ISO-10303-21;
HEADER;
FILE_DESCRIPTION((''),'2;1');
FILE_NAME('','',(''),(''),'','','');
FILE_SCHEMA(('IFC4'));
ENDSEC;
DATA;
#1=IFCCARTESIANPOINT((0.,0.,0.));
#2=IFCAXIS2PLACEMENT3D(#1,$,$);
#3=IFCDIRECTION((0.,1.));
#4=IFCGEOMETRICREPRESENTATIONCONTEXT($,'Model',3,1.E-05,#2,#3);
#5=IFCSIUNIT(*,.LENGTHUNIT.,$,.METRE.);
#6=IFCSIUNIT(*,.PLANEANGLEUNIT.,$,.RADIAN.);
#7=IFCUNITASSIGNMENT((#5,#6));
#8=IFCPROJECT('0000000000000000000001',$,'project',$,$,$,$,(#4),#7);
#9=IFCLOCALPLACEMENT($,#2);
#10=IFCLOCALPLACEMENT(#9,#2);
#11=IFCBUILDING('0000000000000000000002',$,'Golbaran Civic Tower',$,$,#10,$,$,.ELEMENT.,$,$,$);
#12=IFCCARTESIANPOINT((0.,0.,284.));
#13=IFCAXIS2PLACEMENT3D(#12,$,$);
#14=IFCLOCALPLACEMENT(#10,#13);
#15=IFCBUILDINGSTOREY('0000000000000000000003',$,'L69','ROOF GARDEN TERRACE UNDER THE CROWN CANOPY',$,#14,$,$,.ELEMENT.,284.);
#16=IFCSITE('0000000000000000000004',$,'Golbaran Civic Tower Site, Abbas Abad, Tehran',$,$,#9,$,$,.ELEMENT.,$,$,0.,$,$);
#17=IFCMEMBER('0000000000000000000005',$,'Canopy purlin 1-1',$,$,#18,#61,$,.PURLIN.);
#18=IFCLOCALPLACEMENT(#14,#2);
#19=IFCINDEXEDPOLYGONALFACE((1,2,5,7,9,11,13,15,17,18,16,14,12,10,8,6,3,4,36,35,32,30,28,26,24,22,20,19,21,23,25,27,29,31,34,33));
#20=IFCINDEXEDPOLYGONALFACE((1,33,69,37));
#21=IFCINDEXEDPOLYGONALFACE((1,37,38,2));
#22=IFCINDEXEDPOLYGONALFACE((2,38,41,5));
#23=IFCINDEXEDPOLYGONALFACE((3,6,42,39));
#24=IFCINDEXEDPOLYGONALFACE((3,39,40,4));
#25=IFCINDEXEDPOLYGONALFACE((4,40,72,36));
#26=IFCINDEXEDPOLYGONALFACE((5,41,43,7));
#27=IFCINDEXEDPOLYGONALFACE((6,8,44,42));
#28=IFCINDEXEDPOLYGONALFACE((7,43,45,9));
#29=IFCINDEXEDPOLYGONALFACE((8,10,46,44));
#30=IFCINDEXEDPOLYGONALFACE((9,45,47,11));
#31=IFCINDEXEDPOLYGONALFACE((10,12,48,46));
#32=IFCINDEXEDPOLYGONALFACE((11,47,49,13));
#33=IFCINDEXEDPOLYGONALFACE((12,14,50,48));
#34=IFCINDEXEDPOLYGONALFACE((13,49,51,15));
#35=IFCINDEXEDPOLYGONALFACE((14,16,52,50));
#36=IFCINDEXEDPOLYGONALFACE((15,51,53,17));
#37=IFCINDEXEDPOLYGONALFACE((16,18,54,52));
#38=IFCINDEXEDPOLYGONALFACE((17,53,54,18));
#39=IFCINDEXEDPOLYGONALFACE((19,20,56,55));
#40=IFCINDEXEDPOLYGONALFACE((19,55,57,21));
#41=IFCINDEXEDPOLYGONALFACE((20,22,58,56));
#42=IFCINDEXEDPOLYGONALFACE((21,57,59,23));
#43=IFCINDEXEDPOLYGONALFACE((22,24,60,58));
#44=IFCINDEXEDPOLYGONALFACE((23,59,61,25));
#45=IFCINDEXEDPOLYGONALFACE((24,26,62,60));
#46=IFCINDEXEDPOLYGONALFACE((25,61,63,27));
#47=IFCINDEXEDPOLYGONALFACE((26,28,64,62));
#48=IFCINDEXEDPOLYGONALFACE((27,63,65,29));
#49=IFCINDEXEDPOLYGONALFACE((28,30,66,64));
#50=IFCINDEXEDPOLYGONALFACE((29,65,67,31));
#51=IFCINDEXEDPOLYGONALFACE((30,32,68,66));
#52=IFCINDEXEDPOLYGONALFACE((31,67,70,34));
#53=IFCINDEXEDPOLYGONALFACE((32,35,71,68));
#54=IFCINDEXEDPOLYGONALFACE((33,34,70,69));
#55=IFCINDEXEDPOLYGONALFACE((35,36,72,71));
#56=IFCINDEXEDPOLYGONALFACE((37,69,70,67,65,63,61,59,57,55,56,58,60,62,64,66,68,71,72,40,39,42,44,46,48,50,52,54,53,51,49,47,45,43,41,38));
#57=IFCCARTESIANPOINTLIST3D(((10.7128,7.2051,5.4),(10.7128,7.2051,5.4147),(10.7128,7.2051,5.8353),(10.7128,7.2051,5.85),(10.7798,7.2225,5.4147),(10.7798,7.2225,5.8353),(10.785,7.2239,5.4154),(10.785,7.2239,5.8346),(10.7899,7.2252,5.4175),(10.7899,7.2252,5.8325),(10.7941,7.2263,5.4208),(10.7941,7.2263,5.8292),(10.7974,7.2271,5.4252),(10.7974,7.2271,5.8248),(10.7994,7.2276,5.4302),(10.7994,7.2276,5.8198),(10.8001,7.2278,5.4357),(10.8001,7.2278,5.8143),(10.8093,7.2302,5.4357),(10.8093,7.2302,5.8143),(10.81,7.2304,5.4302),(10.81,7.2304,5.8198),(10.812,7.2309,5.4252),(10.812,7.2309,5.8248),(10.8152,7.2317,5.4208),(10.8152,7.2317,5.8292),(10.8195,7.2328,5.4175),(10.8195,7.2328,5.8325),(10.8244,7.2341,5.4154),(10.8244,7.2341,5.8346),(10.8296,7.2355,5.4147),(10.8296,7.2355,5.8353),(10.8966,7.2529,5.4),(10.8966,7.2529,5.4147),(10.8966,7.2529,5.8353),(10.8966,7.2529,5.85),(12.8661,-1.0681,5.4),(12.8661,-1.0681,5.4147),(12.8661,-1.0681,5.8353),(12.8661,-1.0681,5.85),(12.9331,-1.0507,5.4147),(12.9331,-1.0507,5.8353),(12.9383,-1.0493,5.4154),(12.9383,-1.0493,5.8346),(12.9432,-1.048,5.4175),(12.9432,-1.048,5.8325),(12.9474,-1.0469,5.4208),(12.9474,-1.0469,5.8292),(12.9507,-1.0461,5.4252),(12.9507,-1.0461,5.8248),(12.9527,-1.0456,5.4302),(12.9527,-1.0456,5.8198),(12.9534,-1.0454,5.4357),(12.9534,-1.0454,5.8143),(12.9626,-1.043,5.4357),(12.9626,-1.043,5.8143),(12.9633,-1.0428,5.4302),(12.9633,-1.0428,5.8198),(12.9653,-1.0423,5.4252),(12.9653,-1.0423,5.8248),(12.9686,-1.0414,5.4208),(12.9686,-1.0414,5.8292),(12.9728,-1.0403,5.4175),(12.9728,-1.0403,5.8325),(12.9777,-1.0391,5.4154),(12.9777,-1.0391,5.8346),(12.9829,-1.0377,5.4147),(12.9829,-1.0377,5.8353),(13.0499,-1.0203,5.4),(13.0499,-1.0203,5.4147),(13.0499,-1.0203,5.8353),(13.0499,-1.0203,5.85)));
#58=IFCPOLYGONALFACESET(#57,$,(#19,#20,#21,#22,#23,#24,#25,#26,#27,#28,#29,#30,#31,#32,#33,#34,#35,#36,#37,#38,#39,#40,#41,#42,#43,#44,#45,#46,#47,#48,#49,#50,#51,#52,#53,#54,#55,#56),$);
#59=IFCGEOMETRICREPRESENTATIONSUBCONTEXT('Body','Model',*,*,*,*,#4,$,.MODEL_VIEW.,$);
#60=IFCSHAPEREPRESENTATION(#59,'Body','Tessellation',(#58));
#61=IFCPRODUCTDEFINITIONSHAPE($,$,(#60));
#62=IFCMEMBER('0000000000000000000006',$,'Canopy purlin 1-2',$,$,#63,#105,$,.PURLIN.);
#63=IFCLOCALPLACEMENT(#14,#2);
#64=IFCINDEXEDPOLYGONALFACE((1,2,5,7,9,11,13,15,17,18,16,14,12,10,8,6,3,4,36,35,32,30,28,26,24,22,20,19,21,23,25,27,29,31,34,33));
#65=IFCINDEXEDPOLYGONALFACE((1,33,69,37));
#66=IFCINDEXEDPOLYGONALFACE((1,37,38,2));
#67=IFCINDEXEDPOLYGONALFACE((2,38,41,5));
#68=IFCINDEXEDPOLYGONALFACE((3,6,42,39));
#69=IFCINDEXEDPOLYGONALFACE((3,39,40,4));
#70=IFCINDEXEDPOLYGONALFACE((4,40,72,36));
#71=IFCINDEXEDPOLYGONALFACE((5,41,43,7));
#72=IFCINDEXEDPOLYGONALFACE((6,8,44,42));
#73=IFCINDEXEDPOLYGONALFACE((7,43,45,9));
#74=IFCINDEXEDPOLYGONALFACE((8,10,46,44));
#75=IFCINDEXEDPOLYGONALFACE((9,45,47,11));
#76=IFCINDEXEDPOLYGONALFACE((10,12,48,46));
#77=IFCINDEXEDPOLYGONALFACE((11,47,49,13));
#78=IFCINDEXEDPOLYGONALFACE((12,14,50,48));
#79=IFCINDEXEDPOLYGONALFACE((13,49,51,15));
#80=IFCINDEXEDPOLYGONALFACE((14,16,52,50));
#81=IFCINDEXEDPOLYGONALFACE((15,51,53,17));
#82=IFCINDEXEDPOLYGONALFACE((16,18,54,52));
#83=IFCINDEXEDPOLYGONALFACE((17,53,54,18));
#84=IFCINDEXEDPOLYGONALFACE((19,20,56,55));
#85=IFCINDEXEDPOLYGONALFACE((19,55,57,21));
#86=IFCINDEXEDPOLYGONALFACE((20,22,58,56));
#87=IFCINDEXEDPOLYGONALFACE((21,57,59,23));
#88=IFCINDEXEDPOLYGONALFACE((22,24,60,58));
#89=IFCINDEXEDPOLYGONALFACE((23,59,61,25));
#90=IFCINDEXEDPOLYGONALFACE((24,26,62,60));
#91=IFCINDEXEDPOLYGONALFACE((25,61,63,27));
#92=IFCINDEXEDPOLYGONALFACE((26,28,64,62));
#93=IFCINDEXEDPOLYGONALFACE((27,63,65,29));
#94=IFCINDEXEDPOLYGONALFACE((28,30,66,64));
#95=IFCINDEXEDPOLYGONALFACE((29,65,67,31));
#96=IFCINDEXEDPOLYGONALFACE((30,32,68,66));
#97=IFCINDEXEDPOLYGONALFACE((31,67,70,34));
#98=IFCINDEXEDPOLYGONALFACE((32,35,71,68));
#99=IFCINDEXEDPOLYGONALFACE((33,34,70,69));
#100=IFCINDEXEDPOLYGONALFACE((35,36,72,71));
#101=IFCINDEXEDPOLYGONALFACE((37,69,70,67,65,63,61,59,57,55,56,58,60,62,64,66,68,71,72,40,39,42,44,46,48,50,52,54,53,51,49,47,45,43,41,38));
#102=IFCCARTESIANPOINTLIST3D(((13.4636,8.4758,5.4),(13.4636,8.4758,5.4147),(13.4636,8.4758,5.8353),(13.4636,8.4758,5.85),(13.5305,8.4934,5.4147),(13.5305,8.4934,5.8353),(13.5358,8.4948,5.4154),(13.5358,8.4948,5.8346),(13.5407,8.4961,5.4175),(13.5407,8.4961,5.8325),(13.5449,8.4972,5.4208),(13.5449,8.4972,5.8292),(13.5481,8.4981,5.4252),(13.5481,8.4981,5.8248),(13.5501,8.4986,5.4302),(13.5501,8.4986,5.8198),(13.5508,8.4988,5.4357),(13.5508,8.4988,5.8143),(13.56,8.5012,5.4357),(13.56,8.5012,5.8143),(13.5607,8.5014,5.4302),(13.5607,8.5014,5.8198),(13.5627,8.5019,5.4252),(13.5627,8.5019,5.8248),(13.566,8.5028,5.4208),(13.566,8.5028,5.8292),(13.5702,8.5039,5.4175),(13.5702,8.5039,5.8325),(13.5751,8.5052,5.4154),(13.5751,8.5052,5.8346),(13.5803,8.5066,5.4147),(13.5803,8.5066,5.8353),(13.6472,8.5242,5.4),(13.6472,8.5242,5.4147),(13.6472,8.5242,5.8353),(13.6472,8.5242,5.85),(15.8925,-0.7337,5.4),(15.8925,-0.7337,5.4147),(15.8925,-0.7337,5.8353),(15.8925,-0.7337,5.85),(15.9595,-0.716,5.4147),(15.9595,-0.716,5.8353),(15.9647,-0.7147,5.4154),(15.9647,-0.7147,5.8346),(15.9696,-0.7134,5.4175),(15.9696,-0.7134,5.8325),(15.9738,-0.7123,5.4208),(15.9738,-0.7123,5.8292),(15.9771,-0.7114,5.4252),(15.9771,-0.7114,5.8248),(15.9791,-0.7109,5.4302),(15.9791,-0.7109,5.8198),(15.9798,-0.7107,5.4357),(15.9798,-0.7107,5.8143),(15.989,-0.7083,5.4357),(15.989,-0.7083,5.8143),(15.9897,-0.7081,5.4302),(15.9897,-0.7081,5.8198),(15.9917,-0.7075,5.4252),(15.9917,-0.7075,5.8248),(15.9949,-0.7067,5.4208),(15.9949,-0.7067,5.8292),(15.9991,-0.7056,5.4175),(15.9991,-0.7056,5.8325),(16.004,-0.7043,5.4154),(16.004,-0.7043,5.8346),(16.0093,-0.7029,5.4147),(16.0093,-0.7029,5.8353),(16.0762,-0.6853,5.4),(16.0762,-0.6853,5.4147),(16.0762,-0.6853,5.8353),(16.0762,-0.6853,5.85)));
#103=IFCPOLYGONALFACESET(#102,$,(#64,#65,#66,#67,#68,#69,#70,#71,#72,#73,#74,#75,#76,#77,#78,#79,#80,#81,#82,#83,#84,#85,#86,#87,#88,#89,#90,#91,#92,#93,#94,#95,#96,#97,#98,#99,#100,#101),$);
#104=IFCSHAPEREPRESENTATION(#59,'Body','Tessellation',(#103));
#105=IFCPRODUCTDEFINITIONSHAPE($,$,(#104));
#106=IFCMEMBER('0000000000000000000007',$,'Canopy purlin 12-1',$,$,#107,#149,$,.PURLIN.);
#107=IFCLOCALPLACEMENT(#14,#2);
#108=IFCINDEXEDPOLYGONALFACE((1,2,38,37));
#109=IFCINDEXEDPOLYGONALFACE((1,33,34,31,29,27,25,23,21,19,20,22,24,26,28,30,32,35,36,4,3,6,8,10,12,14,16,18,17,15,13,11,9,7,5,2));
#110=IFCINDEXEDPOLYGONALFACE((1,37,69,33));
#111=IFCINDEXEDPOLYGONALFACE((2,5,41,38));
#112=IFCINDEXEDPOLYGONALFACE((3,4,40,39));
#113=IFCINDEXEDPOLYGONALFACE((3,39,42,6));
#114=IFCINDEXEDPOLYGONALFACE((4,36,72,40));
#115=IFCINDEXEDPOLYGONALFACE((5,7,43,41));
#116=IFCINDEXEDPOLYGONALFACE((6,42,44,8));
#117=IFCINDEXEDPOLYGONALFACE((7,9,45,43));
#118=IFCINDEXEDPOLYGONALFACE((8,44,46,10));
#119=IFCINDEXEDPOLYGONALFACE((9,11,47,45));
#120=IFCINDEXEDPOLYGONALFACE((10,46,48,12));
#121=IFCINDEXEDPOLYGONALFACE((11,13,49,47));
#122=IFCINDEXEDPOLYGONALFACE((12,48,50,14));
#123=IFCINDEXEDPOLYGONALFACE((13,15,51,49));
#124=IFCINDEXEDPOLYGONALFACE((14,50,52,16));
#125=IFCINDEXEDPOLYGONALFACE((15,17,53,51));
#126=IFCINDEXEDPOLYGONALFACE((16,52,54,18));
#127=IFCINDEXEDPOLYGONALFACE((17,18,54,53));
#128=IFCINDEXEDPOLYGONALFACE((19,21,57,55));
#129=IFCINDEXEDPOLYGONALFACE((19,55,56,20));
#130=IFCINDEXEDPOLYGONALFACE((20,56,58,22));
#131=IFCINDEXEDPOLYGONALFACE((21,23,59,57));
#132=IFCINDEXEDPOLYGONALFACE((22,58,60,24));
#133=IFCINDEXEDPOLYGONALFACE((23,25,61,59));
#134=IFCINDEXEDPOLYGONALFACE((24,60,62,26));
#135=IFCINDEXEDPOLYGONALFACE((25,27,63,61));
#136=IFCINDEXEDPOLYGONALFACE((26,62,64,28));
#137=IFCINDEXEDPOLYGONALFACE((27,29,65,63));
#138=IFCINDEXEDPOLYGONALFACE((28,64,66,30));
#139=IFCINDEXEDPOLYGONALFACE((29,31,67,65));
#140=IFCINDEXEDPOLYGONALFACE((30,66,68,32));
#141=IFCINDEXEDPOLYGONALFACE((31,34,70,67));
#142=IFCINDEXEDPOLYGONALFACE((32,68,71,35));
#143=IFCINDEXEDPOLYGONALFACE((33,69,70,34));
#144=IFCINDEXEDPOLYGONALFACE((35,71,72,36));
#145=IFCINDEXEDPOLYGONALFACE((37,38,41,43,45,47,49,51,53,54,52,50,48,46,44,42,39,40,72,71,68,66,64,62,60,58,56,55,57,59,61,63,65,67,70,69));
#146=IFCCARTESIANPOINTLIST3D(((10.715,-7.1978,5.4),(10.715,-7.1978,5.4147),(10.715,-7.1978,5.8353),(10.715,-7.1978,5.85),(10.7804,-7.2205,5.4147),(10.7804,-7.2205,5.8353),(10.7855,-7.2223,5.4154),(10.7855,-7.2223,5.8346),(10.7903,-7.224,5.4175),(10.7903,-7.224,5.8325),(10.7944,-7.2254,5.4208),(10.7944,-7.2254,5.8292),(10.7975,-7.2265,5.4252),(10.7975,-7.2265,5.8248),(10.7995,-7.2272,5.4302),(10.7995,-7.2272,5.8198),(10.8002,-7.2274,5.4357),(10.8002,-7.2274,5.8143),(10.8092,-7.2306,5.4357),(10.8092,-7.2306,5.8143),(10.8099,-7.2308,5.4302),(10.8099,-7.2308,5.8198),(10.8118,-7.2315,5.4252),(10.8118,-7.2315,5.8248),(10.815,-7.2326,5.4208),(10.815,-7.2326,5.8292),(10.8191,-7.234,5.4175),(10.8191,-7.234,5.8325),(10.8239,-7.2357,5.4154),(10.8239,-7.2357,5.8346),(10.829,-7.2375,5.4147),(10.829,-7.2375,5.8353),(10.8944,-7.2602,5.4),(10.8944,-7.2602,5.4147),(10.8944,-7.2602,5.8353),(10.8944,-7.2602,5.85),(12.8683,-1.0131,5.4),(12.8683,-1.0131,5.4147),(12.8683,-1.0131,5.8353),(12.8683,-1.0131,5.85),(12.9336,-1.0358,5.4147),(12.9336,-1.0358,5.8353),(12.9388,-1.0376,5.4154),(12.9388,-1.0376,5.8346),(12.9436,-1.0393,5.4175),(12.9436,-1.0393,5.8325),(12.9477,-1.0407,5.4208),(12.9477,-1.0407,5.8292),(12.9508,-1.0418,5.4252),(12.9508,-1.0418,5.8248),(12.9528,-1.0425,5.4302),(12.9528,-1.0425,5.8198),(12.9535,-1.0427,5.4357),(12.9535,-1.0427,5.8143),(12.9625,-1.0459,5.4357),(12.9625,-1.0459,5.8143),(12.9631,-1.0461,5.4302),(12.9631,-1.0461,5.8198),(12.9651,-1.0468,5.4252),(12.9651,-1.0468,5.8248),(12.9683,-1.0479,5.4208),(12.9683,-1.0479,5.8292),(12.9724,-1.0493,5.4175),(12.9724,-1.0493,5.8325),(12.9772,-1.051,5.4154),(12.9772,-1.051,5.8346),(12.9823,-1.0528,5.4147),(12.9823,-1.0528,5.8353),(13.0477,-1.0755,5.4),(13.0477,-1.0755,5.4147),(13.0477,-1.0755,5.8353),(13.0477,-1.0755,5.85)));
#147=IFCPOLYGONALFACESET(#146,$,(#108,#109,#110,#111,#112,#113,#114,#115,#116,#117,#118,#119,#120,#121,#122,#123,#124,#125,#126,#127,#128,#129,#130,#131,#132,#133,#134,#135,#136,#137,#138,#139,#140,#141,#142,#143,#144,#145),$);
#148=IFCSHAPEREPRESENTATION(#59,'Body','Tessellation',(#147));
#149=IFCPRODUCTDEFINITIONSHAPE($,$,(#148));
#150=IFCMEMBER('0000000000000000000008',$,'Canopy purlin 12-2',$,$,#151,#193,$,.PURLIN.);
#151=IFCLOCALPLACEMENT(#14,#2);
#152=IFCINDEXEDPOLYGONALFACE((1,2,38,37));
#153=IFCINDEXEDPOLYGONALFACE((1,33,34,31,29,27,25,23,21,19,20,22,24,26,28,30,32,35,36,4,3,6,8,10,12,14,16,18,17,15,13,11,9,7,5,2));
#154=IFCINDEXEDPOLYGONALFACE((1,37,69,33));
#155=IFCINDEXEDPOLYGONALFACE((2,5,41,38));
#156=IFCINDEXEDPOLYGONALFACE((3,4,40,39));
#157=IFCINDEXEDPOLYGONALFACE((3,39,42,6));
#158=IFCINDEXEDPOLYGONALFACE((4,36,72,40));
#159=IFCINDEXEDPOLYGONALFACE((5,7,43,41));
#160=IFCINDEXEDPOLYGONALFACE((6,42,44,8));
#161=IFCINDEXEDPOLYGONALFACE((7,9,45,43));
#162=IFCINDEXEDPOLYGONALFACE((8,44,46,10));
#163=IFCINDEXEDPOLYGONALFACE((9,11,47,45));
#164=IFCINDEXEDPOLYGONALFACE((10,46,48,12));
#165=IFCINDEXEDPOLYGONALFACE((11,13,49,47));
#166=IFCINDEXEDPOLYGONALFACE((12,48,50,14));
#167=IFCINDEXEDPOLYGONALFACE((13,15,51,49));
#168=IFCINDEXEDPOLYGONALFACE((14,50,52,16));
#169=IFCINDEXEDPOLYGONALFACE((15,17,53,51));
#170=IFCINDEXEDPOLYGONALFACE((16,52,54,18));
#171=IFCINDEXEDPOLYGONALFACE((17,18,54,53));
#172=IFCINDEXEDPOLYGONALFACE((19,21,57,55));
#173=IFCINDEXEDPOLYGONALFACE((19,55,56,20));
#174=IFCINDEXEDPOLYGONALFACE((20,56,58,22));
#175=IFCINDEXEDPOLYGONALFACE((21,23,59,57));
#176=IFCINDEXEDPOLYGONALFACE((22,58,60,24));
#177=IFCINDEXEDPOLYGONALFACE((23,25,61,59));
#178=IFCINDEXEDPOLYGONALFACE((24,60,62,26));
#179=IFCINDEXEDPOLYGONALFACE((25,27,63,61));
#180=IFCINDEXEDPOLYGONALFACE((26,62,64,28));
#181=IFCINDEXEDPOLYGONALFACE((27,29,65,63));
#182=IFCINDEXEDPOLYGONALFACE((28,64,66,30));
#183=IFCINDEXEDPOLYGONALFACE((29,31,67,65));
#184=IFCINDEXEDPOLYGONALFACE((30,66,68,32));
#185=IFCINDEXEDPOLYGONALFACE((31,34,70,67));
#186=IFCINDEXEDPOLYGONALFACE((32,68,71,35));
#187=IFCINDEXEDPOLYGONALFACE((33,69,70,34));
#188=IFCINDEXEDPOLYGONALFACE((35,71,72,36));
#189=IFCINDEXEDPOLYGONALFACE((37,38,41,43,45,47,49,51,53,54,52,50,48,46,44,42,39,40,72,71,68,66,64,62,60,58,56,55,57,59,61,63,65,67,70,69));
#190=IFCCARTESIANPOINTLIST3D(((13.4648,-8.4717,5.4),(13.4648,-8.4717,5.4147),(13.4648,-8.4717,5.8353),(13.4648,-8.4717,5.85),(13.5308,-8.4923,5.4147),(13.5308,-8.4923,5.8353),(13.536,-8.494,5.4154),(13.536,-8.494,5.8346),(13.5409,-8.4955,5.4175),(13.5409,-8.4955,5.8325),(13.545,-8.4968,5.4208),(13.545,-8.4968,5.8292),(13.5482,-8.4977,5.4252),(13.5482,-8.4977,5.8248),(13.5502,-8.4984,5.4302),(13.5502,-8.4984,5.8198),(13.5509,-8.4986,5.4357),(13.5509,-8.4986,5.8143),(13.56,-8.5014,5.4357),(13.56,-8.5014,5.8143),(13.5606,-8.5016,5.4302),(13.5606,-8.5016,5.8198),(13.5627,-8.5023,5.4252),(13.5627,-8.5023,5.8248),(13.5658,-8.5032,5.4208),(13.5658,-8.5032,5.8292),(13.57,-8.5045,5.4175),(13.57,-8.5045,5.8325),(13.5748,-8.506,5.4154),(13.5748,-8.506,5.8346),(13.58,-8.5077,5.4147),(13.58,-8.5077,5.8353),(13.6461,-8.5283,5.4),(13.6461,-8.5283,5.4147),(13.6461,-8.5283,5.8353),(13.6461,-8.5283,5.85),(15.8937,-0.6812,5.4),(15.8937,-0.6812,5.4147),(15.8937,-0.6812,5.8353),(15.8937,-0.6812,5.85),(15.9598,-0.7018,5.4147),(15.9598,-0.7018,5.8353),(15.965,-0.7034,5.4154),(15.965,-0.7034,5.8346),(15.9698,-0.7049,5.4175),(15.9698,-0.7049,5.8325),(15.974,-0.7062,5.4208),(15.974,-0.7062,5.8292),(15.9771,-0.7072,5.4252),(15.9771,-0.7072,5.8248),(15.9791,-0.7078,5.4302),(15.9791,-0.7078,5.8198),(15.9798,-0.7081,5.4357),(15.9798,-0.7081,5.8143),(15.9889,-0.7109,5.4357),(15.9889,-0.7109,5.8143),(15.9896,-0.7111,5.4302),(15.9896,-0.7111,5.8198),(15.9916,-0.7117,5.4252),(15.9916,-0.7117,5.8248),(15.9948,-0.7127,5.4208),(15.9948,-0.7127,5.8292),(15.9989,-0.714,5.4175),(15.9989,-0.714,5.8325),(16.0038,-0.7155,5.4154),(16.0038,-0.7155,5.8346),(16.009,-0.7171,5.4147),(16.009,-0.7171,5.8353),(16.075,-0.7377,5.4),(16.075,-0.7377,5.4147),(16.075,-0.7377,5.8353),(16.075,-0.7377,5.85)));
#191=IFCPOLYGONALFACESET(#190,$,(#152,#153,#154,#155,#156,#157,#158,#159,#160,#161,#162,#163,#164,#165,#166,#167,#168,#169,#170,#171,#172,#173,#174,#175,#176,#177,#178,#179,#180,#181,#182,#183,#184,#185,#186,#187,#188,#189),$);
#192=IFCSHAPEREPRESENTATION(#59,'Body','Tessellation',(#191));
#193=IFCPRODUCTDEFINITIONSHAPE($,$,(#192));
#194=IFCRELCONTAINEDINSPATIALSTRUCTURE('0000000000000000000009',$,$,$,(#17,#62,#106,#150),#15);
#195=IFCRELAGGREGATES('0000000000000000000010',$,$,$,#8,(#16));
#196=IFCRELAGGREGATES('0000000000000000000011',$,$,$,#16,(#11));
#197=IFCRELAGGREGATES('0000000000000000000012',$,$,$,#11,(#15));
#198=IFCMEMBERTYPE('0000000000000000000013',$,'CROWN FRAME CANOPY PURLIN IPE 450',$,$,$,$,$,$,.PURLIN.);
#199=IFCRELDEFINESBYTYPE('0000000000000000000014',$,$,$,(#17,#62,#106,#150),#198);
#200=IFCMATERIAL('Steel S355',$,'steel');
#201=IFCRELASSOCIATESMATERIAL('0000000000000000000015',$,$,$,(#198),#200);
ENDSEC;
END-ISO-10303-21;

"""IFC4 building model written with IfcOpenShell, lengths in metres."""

from ifc_helpers import new_model, si_unit, direction, frame, origin, origin_2d, place, context, subcontext, project, spatial, i_section, extrude, material, material_profile, profile_set, type_object, element, save


model = new_model("IFC4")

# Units and contexts
model_context = context("Model", 3, precision=1e-05, world=origin(), true_north=direction((0.0, 1.0)))
body_context = subcontext(model_context, "Body", "Model", "MODEL_VIEW")
ifc_project = project(units=[si_unit("LENGTHUNIT", "METRE"), si_unit("PLANEANGLEUNIT", "RADIAN")], contexts=[model_context])

# Site, building, storey
site_placement = place(None, origin())
site = spatial("IfcSite", under=ifc_project, at=site_placement, Name="Golbaran Civic Tower Site, Abbas Abad, Tehran", CompositionType="ELEMENT", RefElevation=0.0)
building_placement = place(site_placement, origin())
building = spatial("IfcBuilding", under=site, at=building_placement, Name="Golbaran Civic Tower", CompositionType="ELEMENT")
storey_placement = place(building_placement, frame((0.0, 0.0, 284.0)))
storey = spatial("IfcBuildingStorey", under=building, at=storey_placement, Name="L69", Description="ROOF GARDEN TERRACE UNDER THE CROWN CANOPY", CompositionType="ELEMENT", Elevation=284.0)

# Members
ifc_material_1 = material(Name="Steel S355", Category="steel")
ifc_material_profile_1 = material_profile(ifc_material_1, i_section(OverallWidth=0.1899, OverallDepth=0.45, WebThickness=0.0095, FlangeThickness=0.0146, FilletRadius=0.021, at=origin_2d()), Name="IPE 450")
ifc_profile_set_1 = profile_set([ifc_material_profile_1], Name="Steel S355")
member_type_1 = type_object("IfcMemberType", Name="CROWN FRAME CANOPY PURLIN IPE 450", PredefinedType="PURLIN", material=ifc_profile_set_1)
member_1_placement = place(storey_placement, frame((12.958, -1.0442, 5.625), z_axis=(-0.251885, 0.967757, 0.0), x_axis=(-0.967757, -0.251885, 0.0)))
element("IfcMember", 1, at=member_1_placement, inside=storey, type_object=member_type_1, Name="Canopy purlin 1-1", PredefinedType="PURLIN", context=body_context, shape_type="SweptSolid", body=[
    extrude(i_section(OverallWidth=0.1899, OverallDepth=0.45, WebThickness=0.0095, FlangeThickness=0.0146, FilletRadius=0.021, at=origin_2d()), origin(), (0.0, 0.0, 1.0), 8.5488),
])
member_2_placement = place(storey_placement, frame((15.9844, -0.7095, 5.625), z_axis=(-0.255024, 0.966935, 0.0), x_axis=(-0.966935, -0.255024, 0.0)))
element("IfcMember", 2, at=member_2_placement, inside=storey, type_object=member_type_1, Name="Canopy purlin 1-2", PredefinedType="PURLIN", context=body_context, shape_type="SweptSolid", body=[
    extrude(i_section(OverallWidth=0.1899, OverallDepth=0.45, WebThickness=0.0095, FlangeThickness=0.0146, FilletRadius=0.021, at=origin_2d()), origin(), (0.0, 0.0, 1.0), 9.5244),
])
member_3_placement = place(storey_placement, frame((10.8047, -7.229, 5.625), z_axis=(0.328804, 0.944398, 0.0), x_axis=(-0.944398, 0.328804, 0.0)))
element("IfcMember", 3, at=member_3_placement, inside=storey, type_object=member_type_1, Name="Canopy purlin 12-1", PredefinedType="PURLIN", context=body_context, shape_type="SweptSolid", body=[
    extrude(i_section(OverallWidth=0.1899, OverallDepth=0.45, WebThickness=0.0095, FlangeThickness=0.0146, FilletRadius=0.021, at=origin_2d()), origin(), (0.0, 0.0, 1.0), 6.5488),
])
member_4_placement = place(storey_placement, frame((13.5554, -8.5, 5.625), z_axis=(0.297651, 0.954675, 0.0), x_axis=(-0.954675, 0.297651, 0.0)))
element("IfcMember", 4, at=member_4_placement, inside=storey, type_object=member_type_1, Name="Canopy purlin 12-2", PredefinedType="PURLIN", context=body_context, shape_type="SweptSolid", body=[
    extrude(i_section(OverallWidth=0.1899, OverallDepth=0.45, WebThickness=0.0095, FlangeThickness=0.0146, FilletRadius=0.021, at=origin_2d()), origin(), (0.0, 0.0, 1.0), 8.1604),
])

save(model, "model.ifc")
